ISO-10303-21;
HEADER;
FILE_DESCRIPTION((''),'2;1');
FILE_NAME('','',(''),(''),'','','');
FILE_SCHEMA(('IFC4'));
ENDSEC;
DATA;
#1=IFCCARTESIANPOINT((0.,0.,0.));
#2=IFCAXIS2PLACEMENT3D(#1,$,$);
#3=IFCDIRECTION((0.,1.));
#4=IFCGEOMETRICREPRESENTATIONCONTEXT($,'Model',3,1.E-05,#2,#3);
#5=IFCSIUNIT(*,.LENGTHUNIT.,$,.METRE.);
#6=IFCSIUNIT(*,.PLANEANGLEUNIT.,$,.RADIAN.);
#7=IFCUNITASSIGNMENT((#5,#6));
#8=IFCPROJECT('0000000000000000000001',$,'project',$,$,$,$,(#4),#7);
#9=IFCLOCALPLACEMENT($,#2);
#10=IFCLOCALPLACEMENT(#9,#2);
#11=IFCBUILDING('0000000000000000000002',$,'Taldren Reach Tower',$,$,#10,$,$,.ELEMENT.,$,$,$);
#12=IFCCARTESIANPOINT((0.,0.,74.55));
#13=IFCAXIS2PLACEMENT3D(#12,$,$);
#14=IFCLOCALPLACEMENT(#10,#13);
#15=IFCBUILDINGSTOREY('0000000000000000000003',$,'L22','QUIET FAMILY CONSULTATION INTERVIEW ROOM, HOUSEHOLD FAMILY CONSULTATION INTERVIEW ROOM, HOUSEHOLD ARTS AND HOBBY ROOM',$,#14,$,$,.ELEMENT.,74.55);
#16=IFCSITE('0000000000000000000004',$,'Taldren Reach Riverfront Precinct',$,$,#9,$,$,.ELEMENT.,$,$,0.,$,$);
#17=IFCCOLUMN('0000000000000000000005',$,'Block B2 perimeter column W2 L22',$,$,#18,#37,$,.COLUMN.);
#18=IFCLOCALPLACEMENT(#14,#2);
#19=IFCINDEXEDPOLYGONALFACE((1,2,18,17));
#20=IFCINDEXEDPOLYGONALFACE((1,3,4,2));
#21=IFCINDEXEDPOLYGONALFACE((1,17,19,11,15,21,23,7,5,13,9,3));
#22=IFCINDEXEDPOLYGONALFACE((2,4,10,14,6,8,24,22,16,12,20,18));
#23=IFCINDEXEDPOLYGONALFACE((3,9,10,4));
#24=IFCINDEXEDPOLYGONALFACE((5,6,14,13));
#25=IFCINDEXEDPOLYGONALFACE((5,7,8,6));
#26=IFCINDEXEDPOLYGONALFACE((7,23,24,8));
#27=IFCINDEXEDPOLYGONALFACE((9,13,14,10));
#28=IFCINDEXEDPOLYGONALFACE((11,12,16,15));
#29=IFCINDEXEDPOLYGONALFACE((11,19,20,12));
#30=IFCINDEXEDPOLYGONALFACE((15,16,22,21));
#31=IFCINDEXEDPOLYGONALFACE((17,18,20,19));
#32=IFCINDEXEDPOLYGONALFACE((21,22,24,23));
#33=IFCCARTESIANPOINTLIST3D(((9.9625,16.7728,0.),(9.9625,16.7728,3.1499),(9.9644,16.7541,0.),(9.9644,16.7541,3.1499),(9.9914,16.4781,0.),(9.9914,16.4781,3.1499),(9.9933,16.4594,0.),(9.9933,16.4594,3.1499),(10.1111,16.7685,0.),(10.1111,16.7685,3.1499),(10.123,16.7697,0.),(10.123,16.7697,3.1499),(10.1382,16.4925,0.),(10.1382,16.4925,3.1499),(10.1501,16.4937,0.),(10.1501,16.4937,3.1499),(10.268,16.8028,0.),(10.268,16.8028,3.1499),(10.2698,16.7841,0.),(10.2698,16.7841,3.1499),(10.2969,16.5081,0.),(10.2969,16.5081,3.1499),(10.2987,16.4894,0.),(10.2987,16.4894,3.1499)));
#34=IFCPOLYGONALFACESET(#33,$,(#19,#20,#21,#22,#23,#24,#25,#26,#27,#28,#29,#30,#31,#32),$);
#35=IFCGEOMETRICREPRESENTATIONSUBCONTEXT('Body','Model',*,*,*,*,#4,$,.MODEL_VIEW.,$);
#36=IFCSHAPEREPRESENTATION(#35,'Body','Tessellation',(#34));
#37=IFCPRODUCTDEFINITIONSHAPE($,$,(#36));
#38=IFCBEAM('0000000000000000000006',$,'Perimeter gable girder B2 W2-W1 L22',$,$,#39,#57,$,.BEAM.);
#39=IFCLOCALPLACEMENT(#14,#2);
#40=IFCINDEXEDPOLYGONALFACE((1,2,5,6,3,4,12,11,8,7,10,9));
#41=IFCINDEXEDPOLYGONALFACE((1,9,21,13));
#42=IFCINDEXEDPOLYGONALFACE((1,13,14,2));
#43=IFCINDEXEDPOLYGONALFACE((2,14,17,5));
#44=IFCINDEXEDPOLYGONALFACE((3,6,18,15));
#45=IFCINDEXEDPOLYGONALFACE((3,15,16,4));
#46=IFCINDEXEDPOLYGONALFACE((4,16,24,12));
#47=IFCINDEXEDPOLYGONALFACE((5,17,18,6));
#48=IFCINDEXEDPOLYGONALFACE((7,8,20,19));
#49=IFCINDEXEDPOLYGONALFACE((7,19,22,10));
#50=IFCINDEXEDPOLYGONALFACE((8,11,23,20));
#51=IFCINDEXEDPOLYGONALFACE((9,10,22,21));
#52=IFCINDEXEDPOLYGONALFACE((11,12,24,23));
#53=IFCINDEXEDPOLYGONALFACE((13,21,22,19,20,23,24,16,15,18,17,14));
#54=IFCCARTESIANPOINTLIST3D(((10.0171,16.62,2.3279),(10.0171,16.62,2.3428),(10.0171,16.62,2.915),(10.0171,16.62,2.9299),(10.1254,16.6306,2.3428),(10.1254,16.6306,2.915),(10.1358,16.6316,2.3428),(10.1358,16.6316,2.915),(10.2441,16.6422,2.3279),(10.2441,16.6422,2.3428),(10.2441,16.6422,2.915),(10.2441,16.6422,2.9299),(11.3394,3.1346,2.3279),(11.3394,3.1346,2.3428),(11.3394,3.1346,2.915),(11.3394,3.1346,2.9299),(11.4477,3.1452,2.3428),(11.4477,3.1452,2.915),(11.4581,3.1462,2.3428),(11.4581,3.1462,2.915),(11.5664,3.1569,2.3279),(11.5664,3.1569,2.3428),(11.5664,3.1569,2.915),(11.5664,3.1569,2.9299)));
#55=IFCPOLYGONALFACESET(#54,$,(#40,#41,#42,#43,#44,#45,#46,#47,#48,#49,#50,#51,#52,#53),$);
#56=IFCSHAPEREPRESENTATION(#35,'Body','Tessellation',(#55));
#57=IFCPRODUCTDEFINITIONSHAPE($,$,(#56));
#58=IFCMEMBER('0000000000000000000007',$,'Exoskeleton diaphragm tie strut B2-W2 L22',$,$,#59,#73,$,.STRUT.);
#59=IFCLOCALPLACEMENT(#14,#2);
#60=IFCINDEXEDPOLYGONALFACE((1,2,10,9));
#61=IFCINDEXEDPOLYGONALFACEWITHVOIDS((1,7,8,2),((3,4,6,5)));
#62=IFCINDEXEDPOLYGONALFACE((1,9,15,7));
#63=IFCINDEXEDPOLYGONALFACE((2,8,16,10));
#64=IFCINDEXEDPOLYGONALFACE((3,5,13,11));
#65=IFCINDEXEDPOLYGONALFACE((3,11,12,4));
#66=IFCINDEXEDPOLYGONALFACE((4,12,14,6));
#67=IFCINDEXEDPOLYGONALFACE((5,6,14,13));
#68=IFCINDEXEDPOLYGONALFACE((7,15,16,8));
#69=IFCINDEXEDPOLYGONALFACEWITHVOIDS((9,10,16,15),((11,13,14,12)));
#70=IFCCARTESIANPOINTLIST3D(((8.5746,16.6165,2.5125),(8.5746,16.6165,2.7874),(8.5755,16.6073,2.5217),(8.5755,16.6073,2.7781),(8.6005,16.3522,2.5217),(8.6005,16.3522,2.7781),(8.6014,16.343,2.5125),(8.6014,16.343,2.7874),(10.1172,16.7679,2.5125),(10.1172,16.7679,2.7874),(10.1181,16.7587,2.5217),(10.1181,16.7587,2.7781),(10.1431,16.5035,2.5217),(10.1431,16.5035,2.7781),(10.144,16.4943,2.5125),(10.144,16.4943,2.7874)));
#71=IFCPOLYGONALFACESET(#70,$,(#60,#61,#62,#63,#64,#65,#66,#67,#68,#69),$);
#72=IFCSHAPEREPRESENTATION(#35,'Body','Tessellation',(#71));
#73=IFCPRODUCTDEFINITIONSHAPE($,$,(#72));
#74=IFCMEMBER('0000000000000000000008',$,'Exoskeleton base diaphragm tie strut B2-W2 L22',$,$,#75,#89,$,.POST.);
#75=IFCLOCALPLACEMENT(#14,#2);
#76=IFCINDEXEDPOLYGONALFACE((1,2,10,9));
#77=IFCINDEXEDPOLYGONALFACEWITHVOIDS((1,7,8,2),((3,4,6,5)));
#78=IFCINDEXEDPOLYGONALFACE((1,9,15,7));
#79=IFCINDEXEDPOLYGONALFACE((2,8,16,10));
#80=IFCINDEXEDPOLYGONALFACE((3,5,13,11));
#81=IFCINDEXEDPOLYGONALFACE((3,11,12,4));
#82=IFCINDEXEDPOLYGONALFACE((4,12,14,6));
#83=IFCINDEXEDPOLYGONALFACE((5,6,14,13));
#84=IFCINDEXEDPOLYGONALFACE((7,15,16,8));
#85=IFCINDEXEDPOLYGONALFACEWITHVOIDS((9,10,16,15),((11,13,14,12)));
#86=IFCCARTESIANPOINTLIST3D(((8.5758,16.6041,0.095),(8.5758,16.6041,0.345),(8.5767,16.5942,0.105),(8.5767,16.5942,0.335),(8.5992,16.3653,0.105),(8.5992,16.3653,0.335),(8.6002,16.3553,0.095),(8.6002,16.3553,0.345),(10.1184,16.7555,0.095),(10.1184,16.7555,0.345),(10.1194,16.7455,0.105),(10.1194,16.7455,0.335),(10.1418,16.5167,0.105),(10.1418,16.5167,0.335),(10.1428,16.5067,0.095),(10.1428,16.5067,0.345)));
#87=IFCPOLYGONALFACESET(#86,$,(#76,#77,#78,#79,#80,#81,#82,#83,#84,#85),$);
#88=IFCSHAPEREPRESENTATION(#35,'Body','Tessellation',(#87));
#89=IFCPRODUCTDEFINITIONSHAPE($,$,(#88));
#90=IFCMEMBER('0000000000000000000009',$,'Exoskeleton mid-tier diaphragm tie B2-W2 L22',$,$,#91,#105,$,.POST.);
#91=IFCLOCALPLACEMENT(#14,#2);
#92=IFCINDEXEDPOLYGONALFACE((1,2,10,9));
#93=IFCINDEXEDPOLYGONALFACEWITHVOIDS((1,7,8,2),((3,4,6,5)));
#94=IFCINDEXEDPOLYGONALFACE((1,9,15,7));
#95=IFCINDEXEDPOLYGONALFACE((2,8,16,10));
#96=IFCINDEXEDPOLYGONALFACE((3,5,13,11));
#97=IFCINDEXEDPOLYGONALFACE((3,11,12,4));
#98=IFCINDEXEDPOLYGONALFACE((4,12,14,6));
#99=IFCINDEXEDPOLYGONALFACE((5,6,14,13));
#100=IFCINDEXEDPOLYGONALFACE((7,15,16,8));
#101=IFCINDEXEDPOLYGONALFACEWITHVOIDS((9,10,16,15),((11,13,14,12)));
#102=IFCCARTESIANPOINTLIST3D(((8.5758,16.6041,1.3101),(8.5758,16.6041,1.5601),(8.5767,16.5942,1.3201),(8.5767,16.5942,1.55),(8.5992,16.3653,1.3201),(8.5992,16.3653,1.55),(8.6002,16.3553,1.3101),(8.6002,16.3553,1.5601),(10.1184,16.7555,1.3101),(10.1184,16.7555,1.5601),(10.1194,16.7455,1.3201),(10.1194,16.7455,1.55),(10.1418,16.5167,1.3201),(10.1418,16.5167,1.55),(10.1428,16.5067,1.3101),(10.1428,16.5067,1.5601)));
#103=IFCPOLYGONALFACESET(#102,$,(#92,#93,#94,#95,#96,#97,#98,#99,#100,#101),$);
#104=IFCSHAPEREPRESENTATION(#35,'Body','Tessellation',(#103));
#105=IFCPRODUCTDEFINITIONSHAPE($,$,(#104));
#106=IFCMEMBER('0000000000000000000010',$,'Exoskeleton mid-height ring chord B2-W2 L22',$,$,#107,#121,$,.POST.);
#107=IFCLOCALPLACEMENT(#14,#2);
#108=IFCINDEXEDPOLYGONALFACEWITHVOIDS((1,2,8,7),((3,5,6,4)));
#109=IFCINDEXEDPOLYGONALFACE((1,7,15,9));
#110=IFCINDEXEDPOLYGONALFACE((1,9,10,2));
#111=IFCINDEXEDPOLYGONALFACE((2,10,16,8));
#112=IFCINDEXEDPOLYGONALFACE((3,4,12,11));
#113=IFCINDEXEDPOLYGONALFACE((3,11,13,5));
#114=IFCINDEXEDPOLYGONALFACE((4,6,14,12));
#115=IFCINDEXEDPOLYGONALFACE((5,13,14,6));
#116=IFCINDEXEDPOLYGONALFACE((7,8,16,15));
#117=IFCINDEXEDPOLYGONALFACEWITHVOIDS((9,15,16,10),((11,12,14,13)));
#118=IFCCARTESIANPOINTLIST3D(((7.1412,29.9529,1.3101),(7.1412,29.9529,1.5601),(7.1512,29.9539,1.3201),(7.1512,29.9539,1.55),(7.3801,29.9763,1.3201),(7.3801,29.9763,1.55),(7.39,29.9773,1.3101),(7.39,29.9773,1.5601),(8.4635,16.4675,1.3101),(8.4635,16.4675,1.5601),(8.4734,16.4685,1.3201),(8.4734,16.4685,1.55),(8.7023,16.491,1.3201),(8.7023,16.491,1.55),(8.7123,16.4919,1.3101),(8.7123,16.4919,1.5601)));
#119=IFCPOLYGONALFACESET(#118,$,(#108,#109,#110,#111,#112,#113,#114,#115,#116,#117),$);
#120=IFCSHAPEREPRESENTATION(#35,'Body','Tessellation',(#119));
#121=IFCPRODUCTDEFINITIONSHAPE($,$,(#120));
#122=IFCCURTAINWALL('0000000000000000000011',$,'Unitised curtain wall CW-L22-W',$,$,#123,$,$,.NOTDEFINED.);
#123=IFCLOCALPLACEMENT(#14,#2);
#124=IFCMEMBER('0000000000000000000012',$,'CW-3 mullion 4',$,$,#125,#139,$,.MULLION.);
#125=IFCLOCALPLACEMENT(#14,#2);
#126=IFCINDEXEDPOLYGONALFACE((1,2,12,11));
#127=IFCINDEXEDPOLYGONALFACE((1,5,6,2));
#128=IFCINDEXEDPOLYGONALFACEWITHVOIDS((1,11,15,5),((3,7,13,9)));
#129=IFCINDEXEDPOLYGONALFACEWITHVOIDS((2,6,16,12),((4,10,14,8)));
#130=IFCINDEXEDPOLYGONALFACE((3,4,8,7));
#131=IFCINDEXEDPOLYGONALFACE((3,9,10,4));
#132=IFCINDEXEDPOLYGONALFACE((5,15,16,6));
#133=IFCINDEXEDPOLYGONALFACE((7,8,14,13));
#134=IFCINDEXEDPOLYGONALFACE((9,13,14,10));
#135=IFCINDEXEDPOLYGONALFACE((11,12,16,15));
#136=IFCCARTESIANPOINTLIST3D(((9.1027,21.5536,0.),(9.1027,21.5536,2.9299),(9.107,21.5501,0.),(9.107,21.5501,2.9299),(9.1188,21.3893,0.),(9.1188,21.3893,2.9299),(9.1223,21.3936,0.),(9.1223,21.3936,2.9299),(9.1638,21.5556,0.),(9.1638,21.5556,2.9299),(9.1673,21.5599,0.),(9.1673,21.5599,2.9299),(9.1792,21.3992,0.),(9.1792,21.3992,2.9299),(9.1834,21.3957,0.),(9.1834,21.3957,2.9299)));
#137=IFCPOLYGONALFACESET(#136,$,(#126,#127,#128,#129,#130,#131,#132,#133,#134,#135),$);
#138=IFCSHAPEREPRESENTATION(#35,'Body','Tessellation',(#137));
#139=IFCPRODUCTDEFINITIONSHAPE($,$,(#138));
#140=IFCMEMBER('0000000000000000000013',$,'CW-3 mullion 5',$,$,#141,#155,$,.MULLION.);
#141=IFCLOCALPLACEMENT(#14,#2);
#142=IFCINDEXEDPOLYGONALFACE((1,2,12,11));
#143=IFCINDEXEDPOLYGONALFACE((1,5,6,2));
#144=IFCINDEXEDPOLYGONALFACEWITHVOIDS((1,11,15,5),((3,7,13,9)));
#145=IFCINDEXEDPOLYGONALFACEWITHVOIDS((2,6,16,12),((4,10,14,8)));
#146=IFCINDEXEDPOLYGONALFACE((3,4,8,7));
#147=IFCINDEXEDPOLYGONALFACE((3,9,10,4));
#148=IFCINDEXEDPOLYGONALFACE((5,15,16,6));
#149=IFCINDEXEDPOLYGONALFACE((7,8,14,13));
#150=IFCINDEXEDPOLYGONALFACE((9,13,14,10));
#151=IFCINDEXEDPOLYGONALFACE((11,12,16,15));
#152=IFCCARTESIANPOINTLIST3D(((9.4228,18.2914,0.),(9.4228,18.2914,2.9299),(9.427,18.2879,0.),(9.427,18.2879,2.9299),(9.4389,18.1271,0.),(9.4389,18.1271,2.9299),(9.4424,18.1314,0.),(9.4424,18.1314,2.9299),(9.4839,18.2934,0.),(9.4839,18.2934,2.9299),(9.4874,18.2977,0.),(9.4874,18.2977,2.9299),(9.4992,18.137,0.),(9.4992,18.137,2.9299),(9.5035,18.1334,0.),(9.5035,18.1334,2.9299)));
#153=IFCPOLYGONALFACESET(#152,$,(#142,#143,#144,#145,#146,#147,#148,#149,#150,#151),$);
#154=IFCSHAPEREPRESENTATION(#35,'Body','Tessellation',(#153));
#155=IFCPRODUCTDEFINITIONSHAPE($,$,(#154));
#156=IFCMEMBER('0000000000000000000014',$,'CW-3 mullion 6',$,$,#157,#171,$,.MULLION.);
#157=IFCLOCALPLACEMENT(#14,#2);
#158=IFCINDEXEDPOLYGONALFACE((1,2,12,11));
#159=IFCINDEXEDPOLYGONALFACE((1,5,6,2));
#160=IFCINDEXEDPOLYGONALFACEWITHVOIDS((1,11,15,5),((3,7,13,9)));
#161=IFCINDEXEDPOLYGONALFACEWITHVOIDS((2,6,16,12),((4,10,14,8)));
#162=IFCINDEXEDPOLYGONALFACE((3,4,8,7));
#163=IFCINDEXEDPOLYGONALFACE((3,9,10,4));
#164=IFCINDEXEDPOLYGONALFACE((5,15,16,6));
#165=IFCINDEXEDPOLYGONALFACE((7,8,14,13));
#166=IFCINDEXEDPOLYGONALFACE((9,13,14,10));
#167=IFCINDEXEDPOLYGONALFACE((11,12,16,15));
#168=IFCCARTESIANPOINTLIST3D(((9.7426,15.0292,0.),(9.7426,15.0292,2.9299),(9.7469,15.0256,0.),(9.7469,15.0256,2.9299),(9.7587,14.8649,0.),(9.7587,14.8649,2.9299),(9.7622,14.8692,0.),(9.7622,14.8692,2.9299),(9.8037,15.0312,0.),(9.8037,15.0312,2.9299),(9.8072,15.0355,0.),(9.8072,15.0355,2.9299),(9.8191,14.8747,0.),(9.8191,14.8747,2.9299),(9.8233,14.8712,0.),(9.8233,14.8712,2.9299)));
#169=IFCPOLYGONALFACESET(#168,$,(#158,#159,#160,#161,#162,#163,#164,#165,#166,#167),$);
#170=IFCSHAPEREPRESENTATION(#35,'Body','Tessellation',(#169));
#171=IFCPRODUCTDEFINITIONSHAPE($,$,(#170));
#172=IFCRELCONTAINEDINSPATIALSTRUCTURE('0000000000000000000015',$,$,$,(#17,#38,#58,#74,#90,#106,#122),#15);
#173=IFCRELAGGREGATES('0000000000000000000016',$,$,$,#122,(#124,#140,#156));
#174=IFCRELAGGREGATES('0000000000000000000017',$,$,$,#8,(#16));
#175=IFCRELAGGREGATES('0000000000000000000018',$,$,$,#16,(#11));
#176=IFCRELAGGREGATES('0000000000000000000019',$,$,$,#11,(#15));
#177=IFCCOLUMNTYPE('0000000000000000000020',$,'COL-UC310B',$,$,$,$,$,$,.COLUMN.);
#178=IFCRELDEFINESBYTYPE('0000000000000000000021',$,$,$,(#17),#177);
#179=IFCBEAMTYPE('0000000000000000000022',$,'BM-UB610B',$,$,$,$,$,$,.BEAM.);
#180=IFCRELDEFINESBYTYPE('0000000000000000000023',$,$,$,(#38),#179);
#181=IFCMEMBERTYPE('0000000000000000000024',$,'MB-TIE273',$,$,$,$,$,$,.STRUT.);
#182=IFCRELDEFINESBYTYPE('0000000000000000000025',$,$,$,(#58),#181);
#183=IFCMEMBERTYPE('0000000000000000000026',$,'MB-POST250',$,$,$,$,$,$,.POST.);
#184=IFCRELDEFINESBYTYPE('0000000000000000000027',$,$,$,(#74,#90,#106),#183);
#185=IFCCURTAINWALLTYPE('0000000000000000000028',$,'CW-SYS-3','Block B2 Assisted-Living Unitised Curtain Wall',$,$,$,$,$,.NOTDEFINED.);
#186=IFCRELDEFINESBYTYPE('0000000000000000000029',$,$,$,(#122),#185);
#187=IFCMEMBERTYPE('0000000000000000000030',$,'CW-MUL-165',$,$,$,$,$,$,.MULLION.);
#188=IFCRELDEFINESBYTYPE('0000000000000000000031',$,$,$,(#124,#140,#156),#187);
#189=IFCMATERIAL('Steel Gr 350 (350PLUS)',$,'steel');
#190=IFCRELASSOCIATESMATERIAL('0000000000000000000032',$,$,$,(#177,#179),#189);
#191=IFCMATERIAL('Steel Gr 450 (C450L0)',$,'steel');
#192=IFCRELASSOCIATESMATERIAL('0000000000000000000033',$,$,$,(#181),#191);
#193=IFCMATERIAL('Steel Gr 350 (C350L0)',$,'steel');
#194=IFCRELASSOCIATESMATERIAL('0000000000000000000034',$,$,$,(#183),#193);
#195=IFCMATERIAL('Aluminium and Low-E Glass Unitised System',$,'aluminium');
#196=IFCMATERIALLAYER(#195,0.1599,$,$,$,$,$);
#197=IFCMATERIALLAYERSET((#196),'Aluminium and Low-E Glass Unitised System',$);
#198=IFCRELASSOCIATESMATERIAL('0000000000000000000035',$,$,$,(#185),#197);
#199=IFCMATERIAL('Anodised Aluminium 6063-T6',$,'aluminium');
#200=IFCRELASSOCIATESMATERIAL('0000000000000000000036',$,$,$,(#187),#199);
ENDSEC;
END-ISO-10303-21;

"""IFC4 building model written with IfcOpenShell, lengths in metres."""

from ifc_helpers import new_model, si_unit, direction, frame, origin, origin_2d, place, context, subcontext, project, spatial, hollow_rectangle, i_section, extrude, source, transform, mapped, material, layer, layer_set, material_profile, profile_set, type_object, element, aggregate, save


model = new_model("IFC4")

# Units and contexts
model_context = context("Model", 3, precision=1e-05, world=origin(), true_north=direction((0.0, 1.0)))
body_context = subcontext(model_context, "Body", "Model", "MODEL_VIEW")
ifc_project = project(units=[si_unit("LENGTHUNIT", "METRE"), si_unit("PLANEANGLEUNIT", "RADIAN")], contexts=[model_context])

# Site, building, storey
site_placement = place(None, origin())
site = spatial("IfcSite", under=ifc_project, at=site_placement, Name="Taldren Reach Riverfront Precinct", CompositionType="ELEMENT", RefElevation=0.0)
building_placement = place(site_placement, origin())
building = spatial("IfcBuilding", under=site, at=building_placement, Name="Taldren Reach Tower", CompositionType="ELEMENT")
storey_placement = place(building_placement, frame((0.0, 0.0, 74.55)))
storey = spatial("IfcBuildingStorey", under=building, at=storey_placement, Name="L22", Description="QUIET FAMILY CONSULTATION INTERVIEW ROOM, HOUSEHOLD FAMILY CONSULTATION INTERVIEW ROOM, HOUSEHOLD ARTS AND HOBBY ROOM", CompositionType="ELEMENT", Elevation=74.55)

# Column
ifc_material_1 = material(Name="Steel Gr 350 (350PLUS)", Category="steel")
ifc_material_profile_1 = material_profile(ifc_material_1, i_section(OverallWidth=0.3069, OverallDepth=0.3149, WebThickness=0.012, FlangeThickness=0.0188, at=origin_2d()), Name="310UC118")
ifc_profile_set_1 = profile_set([ifc_material_profile_1], Name="Steel Gr 350 (350PLUS)")
column_type = type_object("IfcColumnType", Name="COL-UC310B", PredefinedType="COLUMN", material=ifc_profile_set_1)
shared_shape_1 = source(origin(), body_context, "Body", "SweptSolid", [
    extrude(i_section(OverallWidth=0.3069, OverallDepth=0.3149, WebThickness=0.012, FlangeThickness=0.0188, at=origin_2d()), origin(), (0.0, 0.0, 1.0), 3.1499),
])
column_placement = place(storey_placement, frame((10.1306, 16.6311, 0.0), z_axis=(0.0, 0.0, 1.0), x_axis=(0.995227, 0.097583, 0.0)))
element("IfcColumn", 1, at=column_placement, inside=storey, type_object=column_type, Name="Block B2 perimeter column W2 L22", PredefinedType="COLUMN", context=body_context, shape_type="MappedRepresentation", body=[
    mapped(shared_shape_1, transform((0.0, 0.0, 0.0), scale=1.0)),
])

# Beam
ifc_material_profile_2 = material_profile(ifc_material_1, i_section(OverallWidth=0.228, OverallDepth=0.6021, WebThickness=0.0105, FlangeThickness=0.0149, at=origin_2d()), Name="610UB101")
ifc_profile_set_2 = profile_set([ifc_material_profile_2], Name="Steel Gr 350 (350PLUS)")
beam_type = type_object("IfcBeamType", Name="BM-UB610B", PredefinedType="BEAM", material=ifc_profile_set_2)
shared_shape_2 = source(origin(), body_context, "Body", "SweptSolid", [
    extrude(i_section(OverallWidth=0.228, OverallDepth=0.6021, WebThickness=0.0105, FlangeThickness=0.0149, at=origin_2d()), origin(), (0.0, 0.0, 1.0), 13.55),
])
beam_placement = place(storey_placement, frame((10.1306, 16.6311, 2.6289), z_axis=(0.097584, -0.995227, 0.0), x_axis=(0.995227, 0.097584, 0.0)))
element("IfcBeam", 2, at=beam_placement, inside=storey, type_object=beam_type, Name="Perimeter gable girder B2 W2-W1 L22", PredefinedType="BEAM", context=body_context, shape_type="MappedRepresentation", body=[
    mapped(shared_shape_2, transform((0.0, 0.0, 0.0), scale=1.0)),
])

# Members
ifc_material_2 = material(Name="Steel Gr 450 (C450L0)", Category="steel")
ifc_material_profile_3 = material_profile(ifc_material_2, hollow_rectangle(XDim=0.2749, YDim=0.2749, WallThickness=0.0093, at=origin_2d()), Name="275x275x9.3SHS")
ifc_profile_set_3 = profile_set([ifc_material_profile_3], Name="Steel Gr 450 (C450L0)")
member_type_1 = type_object("IfcMemberType", Name="MB-TIE273", PredefinedType="STRUT", material=ifc_profile_set_3)
shared_shape_3 = source(origin(), body_context, "Body", "SweptSolid", [
    extrude(hollow_rectangle(XDim=0.2749, YDim=0.2749, WallThickness=0.0093, at=origin_2d()), origin(), (0.0, 0.0, 1.0), 1.55),
])
member_1_placement = place(storey_placement, frame((10.1306, 16.6311, 2.6499), z_axis=(-0.995221, -0.097648, 0.0), x_axis=(0.097648, -0.995221, 0.0)))
element("IfcMember", 3, at=member_1_placement, inside=storey, type_object=member_type_1, Name="Exoskeleton diaphragm tie strut B2-W2 L22", PredefinedType="STRUT", context=body_context, shape_type="MappedRepresentation", body=[
    mapped(shared_shape_3, transform((0.0, 0.0, 0.0), scale=1.0)),
])
ifc_material_3 = material(Name="Steel Gr 350 (C350L0)", Category="steel")
ifc_material_profile_4 = material_profile(ifc_material_3, hollow_rectangle(XDim=0.25, YDim=0.25, WallThickness=0.01, at=origin_2d()), Name="250x250x10.0SHS")
ifc_profile_set_4 = profile_set([ifc_material_profile_4], Name="Steel Gr 350 (C350L0)")
member_type_2 = type_object("IfcMemberType", Name="MB-POST250", PredefinedType="POST", material=ifc_profile_set_4)
shared_shape_4 = source(origin(), body_context, "Body", "SweptSolid", [
    extrude(hollow_rectangle(XDim=0.25, YDim=0.25, WallThickness=0.01, at=origin_2d()), origin(), (0.0, 0.0, 1.0), 1.55),
])
for number, where, z_axis, x_axis, name in (
    (4, (10.1306, 16.6311, 0.22), (-0.995221, -0.097648, 0.0), (0.097648, -0.995221, 0.0), "Exoskeleton base diaphragm tie strut B2-W2 L22"),
    (5, (10.1306, 16.6311, 1.4351), (-0.995221, -0.097648, 0.0), (0.097648, -0.995221, 0.0), "Exoskeleton mid-tier diaphragm tie B2-W2 L22"),
):
    element("IfcMember", number, at=place(storey_placement, frame(where, z_axis=z_axis, x_axis=x_axis)), inside=storey, type_object=member_type_2, Name=name, PredefinedType="POST", context=body_context, shape_type="MappedRepresentation", body=[
        mapped(shared_shape_4, transform((0.0, 0.0, 0.0), scale=1.0)),
    ])
shared_shape_5 = source(origin(), body_context, "Body", "SweptSolid", [
    extrude(hollow_rectangle(XDim=0.25, YDim=0.25, WallThickness=0.01, at=origin_2d()), origin(), (0.0, 0.0, 1.0), 13.55),
])
member_2_placement = place(storey_placement, frame((8.5879, 16.4797, 1.4351), z_axis=(-0.097584, 0.995227, 0.0), x_axis=(-0.995227, -0.097584, 0.0)))
element("IfcMember", 6, at=member_2_placement, inside=storey, type_object=member_type_2, Name="Exoskeleton mid-height ring chord B2-W2 L22", PredefinedType="POST", context=body_context, shape_type="MappedRepresentation", body=[
    mapped(shared_shape_5, transform((0.0, 0.0, 0.0), scale=1.0)),
])

# Curtain wall, members
ifc_material_4 = material(Name="Aluminium and Low-E Glass Unitised System", Category="aluminium")
ifc_layer_1 = layer(ifc_material_4, 0.1599)
ifc_layer_set_1 = layer_set([ifc_layer_1], Name="Aluminium and Low-E Glass Unitised System")
curtain_wall_type = type_object("IfcCurtainWallType", Name="CW-SYS-3", Description="Block B2 Assisted-Living Unitised Curtain Wall", PredefinedType="NOTDEFINED", material=ifc_layer_set_1)
curtain_wall_placement = place(storey_placement, origin())
curtain_wall = element("IfcCurtainWall", 7, at=curtain_wall_placement, inside=storey, type_object=curtain_wall_type, Name="Unitised curtain wall CW-L22-W", PredefinedType="NOTDEFINED")
ifc_material_5 = material(Name="Anodised Aluminium 6063-T6", Category="aluminium")
ifc_material_profile_5 = material_profile(ifc_material_5, hollow_rectangle(XDim=0.0649, YDim=0.165, WallThickness=0.0039, at=origin_2d()), Name="ALU-165x65x4RHS")
ifc_profile_set_5 = profile_set([ifc_material_profile_5], Name="Anodised Aluminium 6063-T6")
member_type_3 = type_object("IfcMemberType", Name="CW-MUL-165", PredefinedType="MULLION", material=ifc_profile_set_5)
shared_shape_6 = source(origin(), body_context, "Body", "SweptSolid", [
    extrude(hollow_rectangle(XDim=0.0649, YDim=0.165, WallThickness=0.0039, at=origin_2d()), origin(), (0.0, 0.0, 1.0), 2.9299),
])
member_3_placement = place(storey_placement, frame((9.1431, 21.4746, 0.0), z_axis=(0.0, 0.0, 1.0), x_axis=(0.995227, 0.097583, 0.0)))
member_3 = element("IfcMember", 8, at=member_3_placement, type_object=member_type_3, Name="CW-3 mullion 4", PredefinedType="MULLION", context=body_context, shape_type="MappedRepresentation", body=[
    mapped(shared_shape_6, transform((0.0, 0.0, 0.0), scale=1.0)),
])
member_4_placement = place(storey_placement, frame((9.4631, 18.2124, 0.0), z_axis=(0.0, 0.0, 1.0), x_axis=(0.995227, 0.097583, 0.0)))
member_4 = element("IfcMember", 9, at=member_4_placement, type_object=member_type_3, Name="CW-3 mullion 5", PredefinedType="MULLION", context=body_context, shape_type="MappedRepresentation", body=[
    mapped(shared_shape_6, transform((0.0, 0.0, 0.0), scale=1.0)),
])
member_5_placement = place(storey_placement, frame((9.783, 14.9502, 0.0), z_axis=(0.0, 0.0, 1.0), x_axis=(0.995227, 0.097583, 0.0)))
member_5 = element("IfcMember", 10, at=member_5_placement, type_object=member_type_3, Name="CW-3 mullion 6", PredefinedType="MULLION", context=body_context, shape_type="MappedRepresentation", body=[
    mapped(shared_shape_6, transform((0.0, 0.0, 0.0), scale=1.0)),
])

aggregate(curtain_wall, [member_3, member_4, member_5])

save(model, "model.ifc")
